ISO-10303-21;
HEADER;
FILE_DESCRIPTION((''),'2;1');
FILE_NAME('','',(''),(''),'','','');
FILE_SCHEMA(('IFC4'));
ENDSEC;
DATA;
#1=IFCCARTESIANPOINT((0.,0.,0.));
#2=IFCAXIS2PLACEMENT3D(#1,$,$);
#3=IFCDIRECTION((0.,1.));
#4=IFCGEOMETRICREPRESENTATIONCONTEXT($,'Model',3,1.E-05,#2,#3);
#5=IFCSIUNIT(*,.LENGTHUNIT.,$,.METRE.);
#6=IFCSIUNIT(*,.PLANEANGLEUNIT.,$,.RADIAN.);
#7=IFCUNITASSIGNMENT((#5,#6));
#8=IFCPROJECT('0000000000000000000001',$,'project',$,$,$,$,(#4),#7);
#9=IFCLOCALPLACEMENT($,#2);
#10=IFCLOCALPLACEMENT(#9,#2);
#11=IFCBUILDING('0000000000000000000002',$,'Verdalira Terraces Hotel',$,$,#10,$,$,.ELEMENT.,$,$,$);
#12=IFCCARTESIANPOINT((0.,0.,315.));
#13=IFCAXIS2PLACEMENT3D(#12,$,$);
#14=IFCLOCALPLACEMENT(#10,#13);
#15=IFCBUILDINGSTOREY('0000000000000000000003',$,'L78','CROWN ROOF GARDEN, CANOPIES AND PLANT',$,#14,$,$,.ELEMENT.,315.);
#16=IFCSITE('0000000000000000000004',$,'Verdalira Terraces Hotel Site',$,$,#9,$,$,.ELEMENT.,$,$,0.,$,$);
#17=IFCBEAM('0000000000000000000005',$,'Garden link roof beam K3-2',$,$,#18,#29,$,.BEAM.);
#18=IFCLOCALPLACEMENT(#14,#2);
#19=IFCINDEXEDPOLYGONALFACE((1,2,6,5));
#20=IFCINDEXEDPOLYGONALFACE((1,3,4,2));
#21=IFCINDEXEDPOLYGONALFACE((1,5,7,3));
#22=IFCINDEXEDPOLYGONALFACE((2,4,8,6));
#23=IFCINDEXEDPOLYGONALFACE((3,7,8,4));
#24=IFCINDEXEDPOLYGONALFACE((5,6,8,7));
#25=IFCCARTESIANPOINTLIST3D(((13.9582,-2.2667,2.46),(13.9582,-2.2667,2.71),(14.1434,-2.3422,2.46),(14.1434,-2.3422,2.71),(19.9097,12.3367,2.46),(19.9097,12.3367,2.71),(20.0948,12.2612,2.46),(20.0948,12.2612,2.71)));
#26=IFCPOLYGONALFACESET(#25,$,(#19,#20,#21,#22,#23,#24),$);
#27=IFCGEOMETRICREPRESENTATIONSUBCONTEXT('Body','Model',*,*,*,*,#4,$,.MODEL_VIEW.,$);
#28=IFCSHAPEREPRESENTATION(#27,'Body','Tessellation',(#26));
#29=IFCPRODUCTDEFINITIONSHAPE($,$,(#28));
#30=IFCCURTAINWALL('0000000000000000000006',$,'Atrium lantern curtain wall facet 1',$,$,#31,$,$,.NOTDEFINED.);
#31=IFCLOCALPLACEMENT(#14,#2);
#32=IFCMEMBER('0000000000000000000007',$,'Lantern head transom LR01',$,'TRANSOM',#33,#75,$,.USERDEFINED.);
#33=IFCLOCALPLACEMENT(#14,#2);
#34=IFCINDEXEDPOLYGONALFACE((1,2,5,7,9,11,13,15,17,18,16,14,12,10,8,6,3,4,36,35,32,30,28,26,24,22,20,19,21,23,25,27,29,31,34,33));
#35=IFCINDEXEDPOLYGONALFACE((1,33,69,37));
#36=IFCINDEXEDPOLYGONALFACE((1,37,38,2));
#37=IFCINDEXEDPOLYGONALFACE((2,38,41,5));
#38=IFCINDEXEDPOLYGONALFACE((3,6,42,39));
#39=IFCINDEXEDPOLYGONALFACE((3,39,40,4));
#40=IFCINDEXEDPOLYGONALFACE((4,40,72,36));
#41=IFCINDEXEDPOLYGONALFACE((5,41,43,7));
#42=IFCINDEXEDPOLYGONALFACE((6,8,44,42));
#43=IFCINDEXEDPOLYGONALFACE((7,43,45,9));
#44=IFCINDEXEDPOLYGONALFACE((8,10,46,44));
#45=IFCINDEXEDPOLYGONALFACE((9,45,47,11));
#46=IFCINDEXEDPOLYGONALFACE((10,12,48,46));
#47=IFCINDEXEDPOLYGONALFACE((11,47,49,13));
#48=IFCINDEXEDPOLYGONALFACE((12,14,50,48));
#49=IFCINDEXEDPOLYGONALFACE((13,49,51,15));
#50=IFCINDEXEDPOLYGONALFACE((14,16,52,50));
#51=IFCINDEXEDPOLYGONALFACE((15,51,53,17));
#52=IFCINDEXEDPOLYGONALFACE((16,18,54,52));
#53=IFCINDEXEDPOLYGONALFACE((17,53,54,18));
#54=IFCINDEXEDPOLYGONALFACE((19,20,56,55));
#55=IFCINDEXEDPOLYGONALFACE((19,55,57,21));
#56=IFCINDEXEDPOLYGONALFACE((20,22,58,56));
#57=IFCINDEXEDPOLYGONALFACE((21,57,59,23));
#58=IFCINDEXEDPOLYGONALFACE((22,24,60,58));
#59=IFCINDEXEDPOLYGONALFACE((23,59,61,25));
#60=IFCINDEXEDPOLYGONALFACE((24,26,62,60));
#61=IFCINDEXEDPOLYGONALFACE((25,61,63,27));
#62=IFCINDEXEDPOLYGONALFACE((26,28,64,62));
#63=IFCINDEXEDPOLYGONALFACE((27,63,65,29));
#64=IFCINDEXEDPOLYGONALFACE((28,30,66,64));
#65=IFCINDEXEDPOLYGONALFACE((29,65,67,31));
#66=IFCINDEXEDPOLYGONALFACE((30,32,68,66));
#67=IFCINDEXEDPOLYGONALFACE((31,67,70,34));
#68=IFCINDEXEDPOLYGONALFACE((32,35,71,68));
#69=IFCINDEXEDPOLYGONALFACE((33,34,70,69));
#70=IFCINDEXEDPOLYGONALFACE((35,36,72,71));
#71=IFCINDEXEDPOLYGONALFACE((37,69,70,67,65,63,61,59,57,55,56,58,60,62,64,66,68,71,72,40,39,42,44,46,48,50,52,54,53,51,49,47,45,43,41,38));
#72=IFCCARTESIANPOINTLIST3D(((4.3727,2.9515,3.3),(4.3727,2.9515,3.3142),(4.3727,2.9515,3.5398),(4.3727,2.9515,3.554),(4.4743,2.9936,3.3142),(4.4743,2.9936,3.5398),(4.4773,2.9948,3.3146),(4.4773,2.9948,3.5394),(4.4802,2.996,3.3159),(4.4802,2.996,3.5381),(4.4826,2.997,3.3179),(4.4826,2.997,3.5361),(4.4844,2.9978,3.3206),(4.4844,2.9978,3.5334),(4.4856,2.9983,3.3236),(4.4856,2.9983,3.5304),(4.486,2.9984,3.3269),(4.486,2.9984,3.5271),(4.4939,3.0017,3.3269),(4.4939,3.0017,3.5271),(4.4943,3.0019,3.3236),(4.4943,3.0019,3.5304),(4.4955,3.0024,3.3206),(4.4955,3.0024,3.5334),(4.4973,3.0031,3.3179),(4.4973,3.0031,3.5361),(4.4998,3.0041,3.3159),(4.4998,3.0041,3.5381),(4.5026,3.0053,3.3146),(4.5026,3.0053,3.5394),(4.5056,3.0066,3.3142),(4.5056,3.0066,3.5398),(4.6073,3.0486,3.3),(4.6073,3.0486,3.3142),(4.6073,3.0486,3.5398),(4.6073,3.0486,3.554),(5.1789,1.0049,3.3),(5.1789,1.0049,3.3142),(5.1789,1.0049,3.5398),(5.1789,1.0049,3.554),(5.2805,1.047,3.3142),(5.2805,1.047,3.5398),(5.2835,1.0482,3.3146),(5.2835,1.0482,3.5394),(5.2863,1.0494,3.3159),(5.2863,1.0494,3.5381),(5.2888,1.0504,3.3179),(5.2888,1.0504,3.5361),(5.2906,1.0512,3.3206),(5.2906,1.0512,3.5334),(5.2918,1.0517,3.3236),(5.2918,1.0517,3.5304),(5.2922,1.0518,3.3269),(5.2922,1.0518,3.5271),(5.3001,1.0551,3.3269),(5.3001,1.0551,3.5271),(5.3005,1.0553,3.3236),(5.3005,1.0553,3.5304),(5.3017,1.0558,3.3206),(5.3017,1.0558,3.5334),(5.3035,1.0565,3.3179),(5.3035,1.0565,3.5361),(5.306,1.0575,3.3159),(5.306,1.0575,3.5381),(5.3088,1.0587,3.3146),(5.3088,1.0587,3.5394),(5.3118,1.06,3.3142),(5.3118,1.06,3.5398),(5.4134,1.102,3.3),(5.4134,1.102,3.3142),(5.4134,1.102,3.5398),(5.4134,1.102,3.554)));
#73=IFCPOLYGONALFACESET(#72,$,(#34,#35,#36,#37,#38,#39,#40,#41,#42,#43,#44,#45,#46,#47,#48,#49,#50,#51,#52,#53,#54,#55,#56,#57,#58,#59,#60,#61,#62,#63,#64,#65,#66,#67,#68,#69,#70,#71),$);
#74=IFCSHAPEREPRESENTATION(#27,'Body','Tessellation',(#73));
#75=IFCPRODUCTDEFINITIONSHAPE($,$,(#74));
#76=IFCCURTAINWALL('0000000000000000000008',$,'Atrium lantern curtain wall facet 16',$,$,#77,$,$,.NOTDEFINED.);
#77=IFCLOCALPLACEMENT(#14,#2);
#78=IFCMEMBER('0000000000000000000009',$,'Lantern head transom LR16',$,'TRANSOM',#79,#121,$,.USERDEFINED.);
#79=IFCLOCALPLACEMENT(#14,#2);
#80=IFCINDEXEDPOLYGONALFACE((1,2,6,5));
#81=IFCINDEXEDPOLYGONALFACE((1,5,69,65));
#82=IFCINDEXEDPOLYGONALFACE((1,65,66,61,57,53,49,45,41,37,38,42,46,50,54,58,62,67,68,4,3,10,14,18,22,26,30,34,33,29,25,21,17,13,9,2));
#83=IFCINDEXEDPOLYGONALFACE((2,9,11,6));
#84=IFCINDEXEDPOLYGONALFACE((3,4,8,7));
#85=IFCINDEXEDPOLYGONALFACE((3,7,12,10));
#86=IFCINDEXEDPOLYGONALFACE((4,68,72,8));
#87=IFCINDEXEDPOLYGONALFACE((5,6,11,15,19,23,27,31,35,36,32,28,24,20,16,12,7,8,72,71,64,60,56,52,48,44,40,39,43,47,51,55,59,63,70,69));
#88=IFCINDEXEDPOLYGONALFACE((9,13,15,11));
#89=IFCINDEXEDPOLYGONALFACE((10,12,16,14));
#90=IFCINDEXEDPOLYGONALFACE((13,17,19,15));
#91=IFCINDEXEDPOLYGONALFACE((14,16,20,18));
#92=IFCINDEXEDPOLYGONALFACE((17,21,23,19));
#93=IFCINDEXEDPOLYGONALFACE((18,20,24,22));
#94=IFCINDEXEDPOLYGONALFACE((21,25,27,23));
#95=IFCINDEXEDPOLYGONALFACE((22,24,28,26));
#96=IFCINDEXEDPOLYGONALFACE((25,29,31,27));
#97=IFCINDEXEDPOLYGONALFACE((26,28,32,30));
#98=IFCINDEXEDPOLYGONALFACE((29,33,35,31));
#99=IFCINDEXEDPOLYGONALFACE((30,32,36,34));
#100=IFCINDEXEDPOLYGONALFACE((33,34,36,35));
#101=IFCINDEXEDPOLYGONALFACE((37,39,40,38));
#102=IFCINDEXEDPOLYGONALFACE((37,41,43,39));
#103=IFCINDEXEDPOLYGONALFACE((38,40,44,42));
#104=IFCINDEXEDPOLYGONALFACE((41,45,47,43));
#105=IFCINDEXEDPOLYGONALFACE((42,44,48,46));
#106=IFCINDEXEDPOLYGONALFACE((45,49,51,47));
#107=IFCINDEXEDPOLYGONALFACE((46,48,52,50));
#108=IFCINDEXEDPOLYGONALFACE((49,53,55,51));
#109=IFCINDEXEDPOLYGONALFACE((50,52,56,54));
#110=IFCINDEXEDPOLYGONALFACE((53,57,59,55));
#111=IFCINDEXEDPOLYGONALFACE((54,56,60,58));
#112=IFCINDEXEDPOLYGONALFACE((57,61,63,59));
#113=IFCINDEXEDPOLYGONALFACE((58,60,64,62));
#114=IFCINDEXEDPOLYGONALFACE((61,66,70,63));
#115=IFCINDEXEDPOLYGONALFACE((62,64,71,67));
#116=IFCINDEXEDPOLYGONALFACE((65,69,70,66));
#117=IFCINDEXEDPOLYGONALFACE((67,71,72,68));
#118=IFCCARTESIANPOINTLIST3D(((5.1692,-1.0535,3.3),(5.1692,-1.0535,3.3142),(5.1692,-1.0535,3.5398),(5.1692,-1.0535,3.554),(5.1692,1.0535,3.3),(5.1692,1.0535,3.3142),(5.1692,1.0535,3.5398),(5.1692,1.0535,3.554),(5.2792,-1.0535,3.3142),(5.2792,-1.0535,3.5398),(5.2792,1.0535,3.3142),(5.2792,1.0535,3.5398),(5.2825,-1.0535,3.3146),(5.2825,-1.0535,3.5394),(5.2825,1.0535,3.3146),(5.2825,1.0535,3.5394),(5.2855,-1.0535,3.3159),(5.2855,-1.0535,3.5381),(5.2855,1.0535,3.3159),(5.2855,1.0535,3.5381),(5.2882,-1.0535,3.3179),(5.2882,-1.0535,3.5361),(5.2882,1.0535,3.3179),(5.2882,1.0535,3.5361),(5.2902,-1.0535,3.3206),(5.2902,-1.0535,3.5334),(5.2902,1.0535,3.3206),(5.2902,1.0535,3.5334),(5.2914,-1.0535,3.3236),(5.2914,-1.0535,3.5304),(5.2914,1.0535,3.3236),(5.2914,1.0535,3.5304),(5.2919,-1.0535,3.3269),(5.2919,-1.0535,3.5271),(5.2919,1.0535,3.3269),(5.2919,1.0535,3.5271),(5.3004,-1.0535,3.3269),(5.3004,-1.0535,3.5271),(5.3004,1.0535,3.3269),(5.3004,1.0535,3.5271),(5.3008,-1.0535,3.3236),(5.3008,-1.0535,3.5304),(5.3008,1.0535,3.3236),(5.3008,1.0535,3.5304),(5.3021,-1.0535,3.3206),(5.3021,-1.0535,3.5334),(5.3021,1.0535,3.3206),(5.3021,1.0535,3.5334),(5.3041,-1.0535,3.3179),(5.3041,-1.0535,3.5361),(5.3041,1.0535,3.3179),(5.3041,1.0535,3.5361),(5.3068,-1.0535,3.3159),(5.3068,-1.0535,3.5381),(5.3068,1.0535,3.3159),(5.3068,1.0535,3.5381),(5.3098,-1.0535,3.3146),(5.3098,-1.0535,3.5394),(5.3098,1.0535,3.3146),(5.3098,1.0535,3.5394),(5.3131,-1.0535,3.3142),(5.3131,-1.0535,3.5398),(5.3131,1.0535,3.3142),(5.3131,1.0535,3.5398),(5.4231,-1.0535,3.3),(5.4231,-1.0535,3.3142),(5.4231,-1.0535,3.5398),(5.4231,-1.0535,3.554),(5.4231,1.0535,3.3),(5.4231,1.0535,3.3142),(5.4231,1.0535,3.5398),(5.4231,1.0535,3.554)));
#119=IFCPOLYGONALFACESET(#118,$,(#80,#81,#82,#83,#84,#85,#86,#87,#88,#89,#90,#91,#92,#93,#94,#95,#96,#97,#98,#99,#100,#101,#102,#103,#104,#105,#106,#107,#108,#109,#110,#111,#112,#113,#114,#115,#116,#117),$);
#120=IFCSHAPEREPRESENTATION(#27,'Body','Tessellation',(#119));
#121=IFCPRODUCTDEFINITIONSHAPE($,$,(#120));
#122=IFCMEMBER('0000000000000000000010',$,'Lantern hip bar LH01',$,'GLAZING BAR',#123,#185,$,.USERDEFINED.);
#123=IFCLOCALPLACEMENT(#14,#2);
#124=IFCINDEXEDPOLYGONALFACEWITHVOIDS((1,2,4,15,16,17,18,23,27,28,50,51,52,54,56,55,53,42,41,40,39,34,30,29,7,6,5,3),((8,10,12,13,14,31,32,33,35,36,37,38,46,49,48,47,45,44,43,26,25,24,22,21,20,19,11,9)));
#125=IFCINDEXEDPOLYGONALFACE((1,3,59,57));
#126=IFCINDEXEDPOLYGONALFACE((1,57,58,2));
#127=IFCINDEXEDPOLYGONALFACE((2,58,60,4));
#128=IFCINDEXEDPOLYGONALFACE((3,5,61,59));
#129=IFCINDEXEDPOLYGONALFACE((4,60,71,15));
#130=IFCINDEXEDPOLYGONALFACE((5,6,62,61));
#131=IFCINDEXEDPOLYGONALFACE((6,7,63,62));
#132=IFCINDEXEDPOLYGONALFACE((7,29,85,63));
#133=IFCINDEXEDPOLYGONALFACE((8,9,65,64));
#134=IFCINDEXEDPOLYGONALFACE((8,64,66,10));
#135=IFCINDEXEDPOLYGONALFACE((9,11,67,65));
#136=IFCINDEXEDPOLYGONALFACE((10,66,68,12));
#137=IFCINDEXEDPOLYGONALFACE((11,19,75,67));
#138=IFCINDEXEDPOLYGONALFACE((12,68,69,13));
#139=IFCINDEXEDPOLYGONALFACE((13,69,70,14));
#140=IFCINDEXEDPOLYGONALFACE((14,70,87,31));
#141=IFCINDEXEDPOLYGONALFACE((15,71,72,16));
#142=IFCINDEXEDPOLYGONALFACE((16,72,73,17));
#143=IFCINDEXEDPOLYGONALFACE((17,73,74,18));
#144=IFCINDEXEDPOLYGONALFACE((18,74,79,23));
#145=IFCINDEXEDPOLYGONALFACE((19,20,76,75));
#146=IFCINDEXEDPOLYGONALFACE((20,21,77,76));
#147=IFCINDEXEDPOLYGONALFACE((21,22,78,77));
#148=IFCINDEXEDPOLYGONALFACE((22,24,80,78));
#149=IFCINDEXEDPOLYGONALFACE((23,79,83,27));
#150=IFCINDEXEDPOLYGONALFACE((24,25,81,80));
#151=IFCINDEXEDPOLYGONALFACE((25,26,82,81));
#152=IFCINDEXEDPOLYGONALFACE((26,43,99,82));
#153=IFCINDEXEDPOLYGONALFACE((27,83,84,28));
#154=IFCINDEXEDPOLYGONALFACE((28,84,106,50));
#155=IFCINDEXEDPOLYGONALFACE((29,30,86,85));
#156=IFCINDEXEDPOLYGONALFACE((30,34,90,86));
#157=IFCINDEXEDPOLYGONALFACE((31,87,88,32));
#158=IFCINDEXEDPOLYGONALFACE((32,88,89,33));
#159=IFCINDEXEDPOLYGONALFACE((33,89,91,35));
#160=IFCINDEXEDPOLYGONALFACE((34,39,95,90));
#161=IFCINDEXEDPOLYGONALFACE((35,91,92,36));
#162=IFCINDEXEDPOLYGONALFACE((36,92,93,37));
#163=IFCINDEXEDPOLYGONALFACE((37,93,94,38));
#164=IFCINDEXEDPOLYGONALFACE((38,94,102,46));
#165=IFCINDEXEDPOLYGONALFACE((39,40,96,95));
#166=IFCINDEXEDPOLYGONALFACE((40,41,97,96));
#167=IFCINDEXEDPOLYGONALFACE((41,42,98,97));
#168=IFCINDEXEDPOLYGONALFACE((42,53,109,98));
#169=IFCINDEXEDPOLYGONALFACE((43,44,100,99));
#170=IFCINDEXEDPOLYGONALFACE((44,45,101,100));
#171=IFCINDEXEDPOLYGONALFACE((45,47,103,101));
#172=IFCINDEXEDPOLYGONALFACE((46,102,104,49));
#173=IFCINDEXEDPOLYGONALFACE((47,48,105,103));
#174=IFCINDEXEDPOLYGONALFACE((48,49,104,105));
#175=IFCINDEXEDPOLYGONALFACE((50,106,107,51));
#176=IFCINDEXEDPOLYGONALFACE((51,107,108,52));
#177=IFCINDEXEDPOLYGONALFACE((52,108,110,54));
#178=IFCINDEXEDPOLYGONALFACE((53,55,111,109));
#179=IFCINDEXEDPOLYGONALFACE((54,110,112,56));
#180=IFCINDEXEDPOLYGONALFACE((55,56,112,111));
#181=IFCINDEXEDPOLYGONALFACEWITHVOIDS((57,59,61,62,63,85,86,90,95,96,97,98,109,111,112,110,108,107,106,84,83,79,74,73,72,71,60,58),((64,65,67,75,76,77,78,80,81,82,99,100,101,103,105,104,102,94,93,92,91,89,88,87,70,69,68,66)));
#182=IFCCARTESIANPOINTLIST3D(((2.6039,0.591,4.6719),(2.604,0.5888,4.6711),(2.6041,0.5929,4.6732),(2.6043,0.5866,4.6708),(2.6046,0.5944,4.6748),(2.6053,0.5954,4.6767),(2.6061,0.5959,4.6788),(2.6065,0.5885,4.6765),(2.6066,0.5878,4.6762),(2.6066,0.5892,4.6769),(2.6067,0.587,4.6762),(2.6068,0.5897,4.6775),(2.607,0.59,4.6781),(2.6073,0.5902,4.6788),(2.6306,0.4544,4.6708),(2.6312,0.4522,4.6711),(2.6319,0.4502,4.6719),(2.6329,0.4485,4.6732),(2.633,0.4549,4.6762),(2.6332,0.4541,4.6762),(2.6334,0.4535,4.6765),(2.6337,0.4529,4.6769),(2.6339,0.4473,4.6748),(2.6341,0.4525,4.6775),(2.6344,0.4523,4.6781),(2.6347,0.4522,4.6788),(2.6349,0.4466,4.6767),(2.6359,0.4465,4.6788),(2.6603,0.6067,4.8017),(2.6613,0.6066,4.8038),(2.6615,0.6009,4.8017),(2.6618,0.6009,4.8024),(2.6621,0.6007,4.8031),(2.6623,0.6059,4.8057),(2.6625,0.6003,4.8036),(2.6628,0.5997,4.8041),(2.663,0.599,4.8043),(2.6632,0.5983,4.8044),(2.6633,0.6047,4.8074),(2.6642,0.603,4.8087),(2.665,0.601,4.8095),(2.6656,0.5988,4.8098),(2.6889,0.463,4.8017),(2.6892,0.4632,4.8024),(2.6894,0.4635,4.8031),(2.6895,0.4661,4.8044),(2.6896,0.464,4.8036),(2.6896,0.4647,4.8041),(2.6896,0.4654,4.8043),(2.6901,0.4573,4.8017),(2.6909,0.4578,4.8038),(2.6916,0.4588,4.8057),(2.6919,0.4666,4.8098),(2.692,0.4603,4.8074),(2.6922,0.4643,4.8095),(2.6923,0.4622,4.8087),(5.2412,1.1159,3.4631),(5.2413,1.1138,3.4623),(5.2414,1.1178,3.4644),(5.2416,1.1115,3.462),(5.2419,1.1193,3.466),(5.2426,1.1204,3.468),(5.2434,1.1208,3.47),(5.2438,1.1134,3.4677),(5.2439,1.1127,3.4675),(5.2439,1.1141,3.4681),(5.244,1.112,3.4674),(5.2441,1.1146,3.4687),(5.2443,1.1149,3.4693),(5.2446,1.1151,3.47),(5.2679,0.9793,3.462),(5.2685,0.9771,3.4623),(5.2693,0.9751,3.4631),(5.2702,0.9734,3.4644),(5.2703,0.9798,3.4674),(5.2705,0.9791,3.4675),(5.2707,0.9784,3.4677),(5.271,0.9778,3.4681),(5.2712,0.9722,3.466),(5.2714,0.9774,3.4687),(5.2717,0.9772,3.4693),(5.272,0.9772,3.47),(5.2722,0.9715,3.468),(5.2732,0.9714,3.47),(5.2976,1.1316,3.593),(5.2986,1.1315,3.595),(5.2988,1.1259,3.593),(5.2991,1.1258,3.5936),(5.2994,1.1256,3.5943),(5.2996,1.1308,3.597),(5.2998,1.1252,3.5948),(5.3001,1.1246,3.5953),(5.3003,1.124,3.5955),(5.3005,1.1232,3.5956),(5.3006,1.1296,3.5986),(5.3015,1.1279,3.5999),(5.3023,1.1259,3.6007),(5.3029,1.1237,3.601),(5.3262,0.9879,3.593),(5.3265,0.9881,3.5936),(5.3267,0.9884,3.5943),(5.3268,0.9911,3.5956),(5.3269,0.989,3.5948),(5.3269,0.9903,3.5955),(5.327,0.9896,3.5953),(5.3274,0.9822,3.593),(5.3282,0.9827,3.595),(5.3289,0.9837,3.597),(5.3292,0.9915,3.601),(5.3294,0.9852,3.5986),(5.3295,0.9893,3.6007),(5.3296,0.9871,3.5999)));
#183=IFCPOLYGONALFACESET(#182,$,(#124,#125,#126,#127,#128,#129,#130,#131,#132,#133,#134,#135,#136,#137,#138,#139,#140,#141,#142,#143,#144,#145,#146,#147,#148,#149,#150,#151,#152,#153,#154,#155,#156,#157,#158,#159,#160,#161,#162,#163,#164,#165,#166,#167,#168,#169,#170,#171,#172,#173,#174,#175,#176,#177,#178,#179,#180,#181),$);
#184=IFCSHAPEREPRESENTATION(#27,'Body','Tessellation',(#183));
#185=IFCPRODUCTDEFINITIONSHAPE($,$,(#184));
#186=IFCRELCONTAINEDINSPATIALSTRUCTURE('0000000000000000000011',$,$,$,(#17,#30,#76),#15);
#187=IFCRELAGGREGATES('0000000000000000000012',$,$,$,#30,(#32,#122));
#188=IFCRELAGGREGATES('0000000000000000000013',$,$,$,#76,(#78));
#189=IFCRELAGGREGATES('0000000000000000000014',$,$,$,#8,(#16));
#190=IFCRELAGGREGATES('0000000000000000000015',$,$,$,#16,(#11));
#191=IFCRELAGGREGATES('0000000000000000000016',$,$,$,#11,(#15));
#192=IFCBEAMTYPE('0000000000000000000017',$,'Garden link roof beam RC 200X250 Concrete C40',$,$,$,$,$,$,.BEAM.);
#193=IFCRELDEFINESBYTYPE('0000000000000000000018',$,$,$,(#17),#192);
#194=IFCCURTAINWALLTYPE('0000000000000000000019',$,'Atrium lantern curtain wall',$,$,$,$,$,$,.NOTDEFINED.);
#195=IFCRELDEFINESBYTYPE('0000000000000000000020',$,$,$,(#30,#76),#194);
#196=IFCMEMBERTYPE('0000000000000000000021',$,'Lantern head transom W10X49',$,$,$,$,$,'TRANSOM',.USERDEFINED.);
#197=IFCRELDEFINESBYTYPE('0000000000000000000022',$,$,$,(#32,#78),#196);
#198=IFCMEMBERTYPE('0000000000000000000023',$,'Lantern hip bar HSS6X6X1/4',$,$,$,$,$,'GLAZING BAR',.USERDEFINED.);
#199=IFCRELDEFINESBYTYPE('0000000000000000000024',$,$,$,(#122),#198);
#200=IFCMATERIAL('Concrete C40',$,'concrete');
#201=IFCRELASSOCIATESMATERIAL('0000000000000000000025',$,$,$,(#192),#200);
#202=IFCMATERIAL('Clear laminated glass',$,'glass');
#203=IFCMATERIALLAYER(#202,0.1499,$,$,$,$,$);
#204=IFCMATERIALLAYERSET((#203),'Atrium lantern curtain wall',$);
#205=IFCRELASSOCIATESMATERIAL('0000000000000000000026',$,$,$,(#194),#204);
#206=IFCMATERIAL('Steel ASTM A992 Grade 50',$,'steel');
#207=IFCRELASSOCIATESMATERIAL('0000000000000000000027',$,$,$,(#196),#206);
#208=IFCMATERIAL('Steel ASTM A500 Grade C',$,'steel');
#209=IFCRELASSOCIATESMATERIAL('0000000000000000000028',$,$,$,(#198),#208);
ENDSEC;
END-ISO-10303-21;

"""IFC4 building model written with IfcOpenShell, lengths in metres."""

from ifc_helpers import new_model, si_unit, direction, frame, origin, origin_2d, place, context, subcontext, project, spatial, rectangle, hollow_rectangle, i_section, extrude, material, layer, layer_set, material_profile, profile_set, type_object, element, aggregate, save


model = new_model("IFC4")

# Units and contexts
model_context = context("Model", 3, precision=1e-05, world=origin(), true_north=direction((0.0, 1.0)))
body_context = subcontext(model_context, "Body", "Model", "MODEL_VIEW")
ifc_project = project(units=[si_unit("LENGTHUNIT", "METRE"), si_unit("PLANEANGLEUNIT", "RADIAN")], contexts=[model_context])

# Site, building, storey
site_placement = place(None, origin())
site = spatial("IfcSite", under=ifc_project, at=site_placement, Name="Verdalira Terraces Hotel Site", CompositionType="ELEMENT", RefElevation=0.0)
building_placement = place(site_placement, origin())
building = spatial("IfcBuilding", under=site, at=building_placement, Name="Verdalira Terraces Hotel", CompositionType="ELEMENT")
storey_placement = place(building_placement, frame((0.0, 0.0, 315.0)))
storey = spatial("IfcBuildingStorey", under=building, at=storey_placement, Name="L78", Description="CROWN ROOF GARDEN, CANOPIES AND PLANT", CompositionType="ELEMENT", Elevation=315.0)

# Beam
ifc_material_1 = material(Name="Concrete C40", Category="concrete")
ifc_material_profile_1 = material_profile(ifc_material_1, rectangle(XDim=0.2, YDim=0.25, at=origin_2d()), Name="RC 200X250")
ifc_profile_set_1 = profile_set([ifc_material_profile_1], Name="Concrete C40")
beam_type = type_object("IfcBeamType", Name="Garden link roof beam RC 200X250 Concrete C40", PredefinedType="BEAM", material=ifc_profile_set_1)
beam_placement = place(storey_placement, frame((14.0508, -2.3044, 2.585), z_axis=(0.377402, 0.926049, 0.0), x_axis=(-0.926049, 0.377402, 0.0)))
element("IfcBeam", 1, at=beam_placement, inside=storey, type_object=beam_type, Name="Garden link roof beam K3-2", PredefinedType="BEAM", context=body_context, shape_type="SweptSolid", body=[
    extrude(rectangle(XDim=0.2, YDim=0.25, at=origin_2d()), origin(), (0.0, 0.0, 1.0), 15.7695),
])

# Curtain walls, members
ifc_material_2 = material(Name="Clear laminated glass", Category="glass")
ifc_layer_1 = layer(ifc_material_2, 0.1499)
ifc_layer_set_1 = layer_set([ifc_layer_1], Name="Atrium lantern curtain wall")
curtain_wall_type = type_object("IfcCurtainWallType", Name="Atrium lantern curtain wall", PredefinedType="NOTDEFINED", material=ifc_layer_set_1)
curtain_wall_1_placement = place(storey_placement, origin())
curtain_wall_1 = element("IfcCurtainWall", 2, at=curtain_wall_1_placement, inside=storey, type_object=curtain_wall_type, Name="Atrium lantern curtain wall facet 1", PredefinedType="NOTDEFINED")
ifc_material_3 = material(Name="Steel ASTM A992 Grade 50", Category="steel")
ifc_material_profile_2 = material_profile(ifc_material_3, i_section(OverallWidth=0.2539, OverallDepth=0.2539, WebThickness=0.0085, FlangeThickness=0.0142, FilletRadius=0.0127, at=origin_2d()), Name="W10X49")
ifc_profile_set_2 = profile_set([ifc_material_profile_2], Name="Steel ASTM A992 Grade 50")
member_type_1 = type_object("IfcMemberType", Name="Lantern head transom W10X49", ElementType="TRANSOM", PredefinedType="USERDEFINED", material=ifc_profile_set_2)
member_1_placement = place(storey_placement, frame((5.2961, 1.0535, 3.427), z_axis=(-0.382632, 0.923901, 0.0), x_axis=(-0.923901, -0.382632, 0.0)))
member_1 = element("IfcMember", 3, at=member_1_placement, type_object=member_type_1, Name="Lantern head transom LR01", ObjectType="TRANSOM", PredefinedType="USERDEFINED", context=body_context, shape_type="SweptSolid", body=[
    extrude(i_section(OverallWidth=0.2539, OverallDepth=0.2539, WebThickness=0.0085, FlangeThickness=0.0142, FilletRadius=0.0127, at=origin_2d()), origin(), (0.0, 0.0, 1.0), 2.1069),
])
curtain_wall_2_placement = place(storey_placement, origin())
curtain_wall_2 = element("IfcCurtainWall", 4, at=curtain_wall_2_placement, inside=storey, type_object=curtain_wall_type, Name="Atrium lantern curtain wall facet 16", PredefinedType="NOTDEFINED")
member_2_placement = place(storey_placement, frame((5.2961, -1.0535, 3.427), z_axis=(0.0, 1.0, 0.0), x_axis=(-1.0, 0.0, 0.0)))
member_2 = element("IfcMember", 5, at=member_2_placement, type_object=member_type_1, Name="Lantern head transom LR16", ObjectType="TRANSOM", PredefinedType="USERDEFINED", context=body_context, shape_type="SweptSolid", body=[
    extrude(i_section(OverallWidth=0.2539, OverallDepth=0.2539, WebThickness=0.0085, FlangeThickness=0.0142, FilletRadius=0.0127, at=origin_2d()), origin(), (0.0, 0.0, 1.0), 2.1069),
])

# Member
ifc_material_4 = material(Name="Steel ASTM A500 Grade C", Category="steel")
ifc_material_profile_3 = material_profile(ifc_material_4, hollow_rectangle(XDim=0.1523, YDim=0.1523, WallThickness=0.0059, InnerFilletRadius=0.0029, OuterFilletRadius=0.0088, at=origin_2d()), Name="HSS6X6X1/4")
ifc_profile_set_3 = profile_set([ifc_material_profile_3], Name="Steel ASTM A500 Grade C")
member_type_2 = type_object("IfcMemberType", Name="Lantern hip bar HSS6X6X1/4", ElementType="GLAZING BAR", PredefinedType="USERDEFINED", material=ifc_profile_set_3)
member_3_placement = place(storey_placement, frame((5.2854, 1.0515, 3.5315), z_axis=(-0.894537, -0.178046, 0.410003), x_axis=(0.195208, -0.980762, 0.0)))
member_3 = element("IfcMember", 6, at=member_3_placement, type_object=member_type_2, Name="Lantern hip bar LH01", ObjectType="GLAZING BAR", PredefinedType="USERDEFINED", context=body_context, shape_type="SweptSolid", body=[
    extrude(hollow_rectangle(XDim=0.1523, YDim=0.1523, WallThickness=0.0059, InnerFilletRadius=0.0029, OuterFilletRadius=0.0088, at=origin_2d()), origin(), (0.0, 0.0, 1.0), 2.9482),
])

aggregate(curtain_wall_1, [member_1, member_3])
aggregate(curtain_wall_2, [member_2])

save(model, "model.ifc")
